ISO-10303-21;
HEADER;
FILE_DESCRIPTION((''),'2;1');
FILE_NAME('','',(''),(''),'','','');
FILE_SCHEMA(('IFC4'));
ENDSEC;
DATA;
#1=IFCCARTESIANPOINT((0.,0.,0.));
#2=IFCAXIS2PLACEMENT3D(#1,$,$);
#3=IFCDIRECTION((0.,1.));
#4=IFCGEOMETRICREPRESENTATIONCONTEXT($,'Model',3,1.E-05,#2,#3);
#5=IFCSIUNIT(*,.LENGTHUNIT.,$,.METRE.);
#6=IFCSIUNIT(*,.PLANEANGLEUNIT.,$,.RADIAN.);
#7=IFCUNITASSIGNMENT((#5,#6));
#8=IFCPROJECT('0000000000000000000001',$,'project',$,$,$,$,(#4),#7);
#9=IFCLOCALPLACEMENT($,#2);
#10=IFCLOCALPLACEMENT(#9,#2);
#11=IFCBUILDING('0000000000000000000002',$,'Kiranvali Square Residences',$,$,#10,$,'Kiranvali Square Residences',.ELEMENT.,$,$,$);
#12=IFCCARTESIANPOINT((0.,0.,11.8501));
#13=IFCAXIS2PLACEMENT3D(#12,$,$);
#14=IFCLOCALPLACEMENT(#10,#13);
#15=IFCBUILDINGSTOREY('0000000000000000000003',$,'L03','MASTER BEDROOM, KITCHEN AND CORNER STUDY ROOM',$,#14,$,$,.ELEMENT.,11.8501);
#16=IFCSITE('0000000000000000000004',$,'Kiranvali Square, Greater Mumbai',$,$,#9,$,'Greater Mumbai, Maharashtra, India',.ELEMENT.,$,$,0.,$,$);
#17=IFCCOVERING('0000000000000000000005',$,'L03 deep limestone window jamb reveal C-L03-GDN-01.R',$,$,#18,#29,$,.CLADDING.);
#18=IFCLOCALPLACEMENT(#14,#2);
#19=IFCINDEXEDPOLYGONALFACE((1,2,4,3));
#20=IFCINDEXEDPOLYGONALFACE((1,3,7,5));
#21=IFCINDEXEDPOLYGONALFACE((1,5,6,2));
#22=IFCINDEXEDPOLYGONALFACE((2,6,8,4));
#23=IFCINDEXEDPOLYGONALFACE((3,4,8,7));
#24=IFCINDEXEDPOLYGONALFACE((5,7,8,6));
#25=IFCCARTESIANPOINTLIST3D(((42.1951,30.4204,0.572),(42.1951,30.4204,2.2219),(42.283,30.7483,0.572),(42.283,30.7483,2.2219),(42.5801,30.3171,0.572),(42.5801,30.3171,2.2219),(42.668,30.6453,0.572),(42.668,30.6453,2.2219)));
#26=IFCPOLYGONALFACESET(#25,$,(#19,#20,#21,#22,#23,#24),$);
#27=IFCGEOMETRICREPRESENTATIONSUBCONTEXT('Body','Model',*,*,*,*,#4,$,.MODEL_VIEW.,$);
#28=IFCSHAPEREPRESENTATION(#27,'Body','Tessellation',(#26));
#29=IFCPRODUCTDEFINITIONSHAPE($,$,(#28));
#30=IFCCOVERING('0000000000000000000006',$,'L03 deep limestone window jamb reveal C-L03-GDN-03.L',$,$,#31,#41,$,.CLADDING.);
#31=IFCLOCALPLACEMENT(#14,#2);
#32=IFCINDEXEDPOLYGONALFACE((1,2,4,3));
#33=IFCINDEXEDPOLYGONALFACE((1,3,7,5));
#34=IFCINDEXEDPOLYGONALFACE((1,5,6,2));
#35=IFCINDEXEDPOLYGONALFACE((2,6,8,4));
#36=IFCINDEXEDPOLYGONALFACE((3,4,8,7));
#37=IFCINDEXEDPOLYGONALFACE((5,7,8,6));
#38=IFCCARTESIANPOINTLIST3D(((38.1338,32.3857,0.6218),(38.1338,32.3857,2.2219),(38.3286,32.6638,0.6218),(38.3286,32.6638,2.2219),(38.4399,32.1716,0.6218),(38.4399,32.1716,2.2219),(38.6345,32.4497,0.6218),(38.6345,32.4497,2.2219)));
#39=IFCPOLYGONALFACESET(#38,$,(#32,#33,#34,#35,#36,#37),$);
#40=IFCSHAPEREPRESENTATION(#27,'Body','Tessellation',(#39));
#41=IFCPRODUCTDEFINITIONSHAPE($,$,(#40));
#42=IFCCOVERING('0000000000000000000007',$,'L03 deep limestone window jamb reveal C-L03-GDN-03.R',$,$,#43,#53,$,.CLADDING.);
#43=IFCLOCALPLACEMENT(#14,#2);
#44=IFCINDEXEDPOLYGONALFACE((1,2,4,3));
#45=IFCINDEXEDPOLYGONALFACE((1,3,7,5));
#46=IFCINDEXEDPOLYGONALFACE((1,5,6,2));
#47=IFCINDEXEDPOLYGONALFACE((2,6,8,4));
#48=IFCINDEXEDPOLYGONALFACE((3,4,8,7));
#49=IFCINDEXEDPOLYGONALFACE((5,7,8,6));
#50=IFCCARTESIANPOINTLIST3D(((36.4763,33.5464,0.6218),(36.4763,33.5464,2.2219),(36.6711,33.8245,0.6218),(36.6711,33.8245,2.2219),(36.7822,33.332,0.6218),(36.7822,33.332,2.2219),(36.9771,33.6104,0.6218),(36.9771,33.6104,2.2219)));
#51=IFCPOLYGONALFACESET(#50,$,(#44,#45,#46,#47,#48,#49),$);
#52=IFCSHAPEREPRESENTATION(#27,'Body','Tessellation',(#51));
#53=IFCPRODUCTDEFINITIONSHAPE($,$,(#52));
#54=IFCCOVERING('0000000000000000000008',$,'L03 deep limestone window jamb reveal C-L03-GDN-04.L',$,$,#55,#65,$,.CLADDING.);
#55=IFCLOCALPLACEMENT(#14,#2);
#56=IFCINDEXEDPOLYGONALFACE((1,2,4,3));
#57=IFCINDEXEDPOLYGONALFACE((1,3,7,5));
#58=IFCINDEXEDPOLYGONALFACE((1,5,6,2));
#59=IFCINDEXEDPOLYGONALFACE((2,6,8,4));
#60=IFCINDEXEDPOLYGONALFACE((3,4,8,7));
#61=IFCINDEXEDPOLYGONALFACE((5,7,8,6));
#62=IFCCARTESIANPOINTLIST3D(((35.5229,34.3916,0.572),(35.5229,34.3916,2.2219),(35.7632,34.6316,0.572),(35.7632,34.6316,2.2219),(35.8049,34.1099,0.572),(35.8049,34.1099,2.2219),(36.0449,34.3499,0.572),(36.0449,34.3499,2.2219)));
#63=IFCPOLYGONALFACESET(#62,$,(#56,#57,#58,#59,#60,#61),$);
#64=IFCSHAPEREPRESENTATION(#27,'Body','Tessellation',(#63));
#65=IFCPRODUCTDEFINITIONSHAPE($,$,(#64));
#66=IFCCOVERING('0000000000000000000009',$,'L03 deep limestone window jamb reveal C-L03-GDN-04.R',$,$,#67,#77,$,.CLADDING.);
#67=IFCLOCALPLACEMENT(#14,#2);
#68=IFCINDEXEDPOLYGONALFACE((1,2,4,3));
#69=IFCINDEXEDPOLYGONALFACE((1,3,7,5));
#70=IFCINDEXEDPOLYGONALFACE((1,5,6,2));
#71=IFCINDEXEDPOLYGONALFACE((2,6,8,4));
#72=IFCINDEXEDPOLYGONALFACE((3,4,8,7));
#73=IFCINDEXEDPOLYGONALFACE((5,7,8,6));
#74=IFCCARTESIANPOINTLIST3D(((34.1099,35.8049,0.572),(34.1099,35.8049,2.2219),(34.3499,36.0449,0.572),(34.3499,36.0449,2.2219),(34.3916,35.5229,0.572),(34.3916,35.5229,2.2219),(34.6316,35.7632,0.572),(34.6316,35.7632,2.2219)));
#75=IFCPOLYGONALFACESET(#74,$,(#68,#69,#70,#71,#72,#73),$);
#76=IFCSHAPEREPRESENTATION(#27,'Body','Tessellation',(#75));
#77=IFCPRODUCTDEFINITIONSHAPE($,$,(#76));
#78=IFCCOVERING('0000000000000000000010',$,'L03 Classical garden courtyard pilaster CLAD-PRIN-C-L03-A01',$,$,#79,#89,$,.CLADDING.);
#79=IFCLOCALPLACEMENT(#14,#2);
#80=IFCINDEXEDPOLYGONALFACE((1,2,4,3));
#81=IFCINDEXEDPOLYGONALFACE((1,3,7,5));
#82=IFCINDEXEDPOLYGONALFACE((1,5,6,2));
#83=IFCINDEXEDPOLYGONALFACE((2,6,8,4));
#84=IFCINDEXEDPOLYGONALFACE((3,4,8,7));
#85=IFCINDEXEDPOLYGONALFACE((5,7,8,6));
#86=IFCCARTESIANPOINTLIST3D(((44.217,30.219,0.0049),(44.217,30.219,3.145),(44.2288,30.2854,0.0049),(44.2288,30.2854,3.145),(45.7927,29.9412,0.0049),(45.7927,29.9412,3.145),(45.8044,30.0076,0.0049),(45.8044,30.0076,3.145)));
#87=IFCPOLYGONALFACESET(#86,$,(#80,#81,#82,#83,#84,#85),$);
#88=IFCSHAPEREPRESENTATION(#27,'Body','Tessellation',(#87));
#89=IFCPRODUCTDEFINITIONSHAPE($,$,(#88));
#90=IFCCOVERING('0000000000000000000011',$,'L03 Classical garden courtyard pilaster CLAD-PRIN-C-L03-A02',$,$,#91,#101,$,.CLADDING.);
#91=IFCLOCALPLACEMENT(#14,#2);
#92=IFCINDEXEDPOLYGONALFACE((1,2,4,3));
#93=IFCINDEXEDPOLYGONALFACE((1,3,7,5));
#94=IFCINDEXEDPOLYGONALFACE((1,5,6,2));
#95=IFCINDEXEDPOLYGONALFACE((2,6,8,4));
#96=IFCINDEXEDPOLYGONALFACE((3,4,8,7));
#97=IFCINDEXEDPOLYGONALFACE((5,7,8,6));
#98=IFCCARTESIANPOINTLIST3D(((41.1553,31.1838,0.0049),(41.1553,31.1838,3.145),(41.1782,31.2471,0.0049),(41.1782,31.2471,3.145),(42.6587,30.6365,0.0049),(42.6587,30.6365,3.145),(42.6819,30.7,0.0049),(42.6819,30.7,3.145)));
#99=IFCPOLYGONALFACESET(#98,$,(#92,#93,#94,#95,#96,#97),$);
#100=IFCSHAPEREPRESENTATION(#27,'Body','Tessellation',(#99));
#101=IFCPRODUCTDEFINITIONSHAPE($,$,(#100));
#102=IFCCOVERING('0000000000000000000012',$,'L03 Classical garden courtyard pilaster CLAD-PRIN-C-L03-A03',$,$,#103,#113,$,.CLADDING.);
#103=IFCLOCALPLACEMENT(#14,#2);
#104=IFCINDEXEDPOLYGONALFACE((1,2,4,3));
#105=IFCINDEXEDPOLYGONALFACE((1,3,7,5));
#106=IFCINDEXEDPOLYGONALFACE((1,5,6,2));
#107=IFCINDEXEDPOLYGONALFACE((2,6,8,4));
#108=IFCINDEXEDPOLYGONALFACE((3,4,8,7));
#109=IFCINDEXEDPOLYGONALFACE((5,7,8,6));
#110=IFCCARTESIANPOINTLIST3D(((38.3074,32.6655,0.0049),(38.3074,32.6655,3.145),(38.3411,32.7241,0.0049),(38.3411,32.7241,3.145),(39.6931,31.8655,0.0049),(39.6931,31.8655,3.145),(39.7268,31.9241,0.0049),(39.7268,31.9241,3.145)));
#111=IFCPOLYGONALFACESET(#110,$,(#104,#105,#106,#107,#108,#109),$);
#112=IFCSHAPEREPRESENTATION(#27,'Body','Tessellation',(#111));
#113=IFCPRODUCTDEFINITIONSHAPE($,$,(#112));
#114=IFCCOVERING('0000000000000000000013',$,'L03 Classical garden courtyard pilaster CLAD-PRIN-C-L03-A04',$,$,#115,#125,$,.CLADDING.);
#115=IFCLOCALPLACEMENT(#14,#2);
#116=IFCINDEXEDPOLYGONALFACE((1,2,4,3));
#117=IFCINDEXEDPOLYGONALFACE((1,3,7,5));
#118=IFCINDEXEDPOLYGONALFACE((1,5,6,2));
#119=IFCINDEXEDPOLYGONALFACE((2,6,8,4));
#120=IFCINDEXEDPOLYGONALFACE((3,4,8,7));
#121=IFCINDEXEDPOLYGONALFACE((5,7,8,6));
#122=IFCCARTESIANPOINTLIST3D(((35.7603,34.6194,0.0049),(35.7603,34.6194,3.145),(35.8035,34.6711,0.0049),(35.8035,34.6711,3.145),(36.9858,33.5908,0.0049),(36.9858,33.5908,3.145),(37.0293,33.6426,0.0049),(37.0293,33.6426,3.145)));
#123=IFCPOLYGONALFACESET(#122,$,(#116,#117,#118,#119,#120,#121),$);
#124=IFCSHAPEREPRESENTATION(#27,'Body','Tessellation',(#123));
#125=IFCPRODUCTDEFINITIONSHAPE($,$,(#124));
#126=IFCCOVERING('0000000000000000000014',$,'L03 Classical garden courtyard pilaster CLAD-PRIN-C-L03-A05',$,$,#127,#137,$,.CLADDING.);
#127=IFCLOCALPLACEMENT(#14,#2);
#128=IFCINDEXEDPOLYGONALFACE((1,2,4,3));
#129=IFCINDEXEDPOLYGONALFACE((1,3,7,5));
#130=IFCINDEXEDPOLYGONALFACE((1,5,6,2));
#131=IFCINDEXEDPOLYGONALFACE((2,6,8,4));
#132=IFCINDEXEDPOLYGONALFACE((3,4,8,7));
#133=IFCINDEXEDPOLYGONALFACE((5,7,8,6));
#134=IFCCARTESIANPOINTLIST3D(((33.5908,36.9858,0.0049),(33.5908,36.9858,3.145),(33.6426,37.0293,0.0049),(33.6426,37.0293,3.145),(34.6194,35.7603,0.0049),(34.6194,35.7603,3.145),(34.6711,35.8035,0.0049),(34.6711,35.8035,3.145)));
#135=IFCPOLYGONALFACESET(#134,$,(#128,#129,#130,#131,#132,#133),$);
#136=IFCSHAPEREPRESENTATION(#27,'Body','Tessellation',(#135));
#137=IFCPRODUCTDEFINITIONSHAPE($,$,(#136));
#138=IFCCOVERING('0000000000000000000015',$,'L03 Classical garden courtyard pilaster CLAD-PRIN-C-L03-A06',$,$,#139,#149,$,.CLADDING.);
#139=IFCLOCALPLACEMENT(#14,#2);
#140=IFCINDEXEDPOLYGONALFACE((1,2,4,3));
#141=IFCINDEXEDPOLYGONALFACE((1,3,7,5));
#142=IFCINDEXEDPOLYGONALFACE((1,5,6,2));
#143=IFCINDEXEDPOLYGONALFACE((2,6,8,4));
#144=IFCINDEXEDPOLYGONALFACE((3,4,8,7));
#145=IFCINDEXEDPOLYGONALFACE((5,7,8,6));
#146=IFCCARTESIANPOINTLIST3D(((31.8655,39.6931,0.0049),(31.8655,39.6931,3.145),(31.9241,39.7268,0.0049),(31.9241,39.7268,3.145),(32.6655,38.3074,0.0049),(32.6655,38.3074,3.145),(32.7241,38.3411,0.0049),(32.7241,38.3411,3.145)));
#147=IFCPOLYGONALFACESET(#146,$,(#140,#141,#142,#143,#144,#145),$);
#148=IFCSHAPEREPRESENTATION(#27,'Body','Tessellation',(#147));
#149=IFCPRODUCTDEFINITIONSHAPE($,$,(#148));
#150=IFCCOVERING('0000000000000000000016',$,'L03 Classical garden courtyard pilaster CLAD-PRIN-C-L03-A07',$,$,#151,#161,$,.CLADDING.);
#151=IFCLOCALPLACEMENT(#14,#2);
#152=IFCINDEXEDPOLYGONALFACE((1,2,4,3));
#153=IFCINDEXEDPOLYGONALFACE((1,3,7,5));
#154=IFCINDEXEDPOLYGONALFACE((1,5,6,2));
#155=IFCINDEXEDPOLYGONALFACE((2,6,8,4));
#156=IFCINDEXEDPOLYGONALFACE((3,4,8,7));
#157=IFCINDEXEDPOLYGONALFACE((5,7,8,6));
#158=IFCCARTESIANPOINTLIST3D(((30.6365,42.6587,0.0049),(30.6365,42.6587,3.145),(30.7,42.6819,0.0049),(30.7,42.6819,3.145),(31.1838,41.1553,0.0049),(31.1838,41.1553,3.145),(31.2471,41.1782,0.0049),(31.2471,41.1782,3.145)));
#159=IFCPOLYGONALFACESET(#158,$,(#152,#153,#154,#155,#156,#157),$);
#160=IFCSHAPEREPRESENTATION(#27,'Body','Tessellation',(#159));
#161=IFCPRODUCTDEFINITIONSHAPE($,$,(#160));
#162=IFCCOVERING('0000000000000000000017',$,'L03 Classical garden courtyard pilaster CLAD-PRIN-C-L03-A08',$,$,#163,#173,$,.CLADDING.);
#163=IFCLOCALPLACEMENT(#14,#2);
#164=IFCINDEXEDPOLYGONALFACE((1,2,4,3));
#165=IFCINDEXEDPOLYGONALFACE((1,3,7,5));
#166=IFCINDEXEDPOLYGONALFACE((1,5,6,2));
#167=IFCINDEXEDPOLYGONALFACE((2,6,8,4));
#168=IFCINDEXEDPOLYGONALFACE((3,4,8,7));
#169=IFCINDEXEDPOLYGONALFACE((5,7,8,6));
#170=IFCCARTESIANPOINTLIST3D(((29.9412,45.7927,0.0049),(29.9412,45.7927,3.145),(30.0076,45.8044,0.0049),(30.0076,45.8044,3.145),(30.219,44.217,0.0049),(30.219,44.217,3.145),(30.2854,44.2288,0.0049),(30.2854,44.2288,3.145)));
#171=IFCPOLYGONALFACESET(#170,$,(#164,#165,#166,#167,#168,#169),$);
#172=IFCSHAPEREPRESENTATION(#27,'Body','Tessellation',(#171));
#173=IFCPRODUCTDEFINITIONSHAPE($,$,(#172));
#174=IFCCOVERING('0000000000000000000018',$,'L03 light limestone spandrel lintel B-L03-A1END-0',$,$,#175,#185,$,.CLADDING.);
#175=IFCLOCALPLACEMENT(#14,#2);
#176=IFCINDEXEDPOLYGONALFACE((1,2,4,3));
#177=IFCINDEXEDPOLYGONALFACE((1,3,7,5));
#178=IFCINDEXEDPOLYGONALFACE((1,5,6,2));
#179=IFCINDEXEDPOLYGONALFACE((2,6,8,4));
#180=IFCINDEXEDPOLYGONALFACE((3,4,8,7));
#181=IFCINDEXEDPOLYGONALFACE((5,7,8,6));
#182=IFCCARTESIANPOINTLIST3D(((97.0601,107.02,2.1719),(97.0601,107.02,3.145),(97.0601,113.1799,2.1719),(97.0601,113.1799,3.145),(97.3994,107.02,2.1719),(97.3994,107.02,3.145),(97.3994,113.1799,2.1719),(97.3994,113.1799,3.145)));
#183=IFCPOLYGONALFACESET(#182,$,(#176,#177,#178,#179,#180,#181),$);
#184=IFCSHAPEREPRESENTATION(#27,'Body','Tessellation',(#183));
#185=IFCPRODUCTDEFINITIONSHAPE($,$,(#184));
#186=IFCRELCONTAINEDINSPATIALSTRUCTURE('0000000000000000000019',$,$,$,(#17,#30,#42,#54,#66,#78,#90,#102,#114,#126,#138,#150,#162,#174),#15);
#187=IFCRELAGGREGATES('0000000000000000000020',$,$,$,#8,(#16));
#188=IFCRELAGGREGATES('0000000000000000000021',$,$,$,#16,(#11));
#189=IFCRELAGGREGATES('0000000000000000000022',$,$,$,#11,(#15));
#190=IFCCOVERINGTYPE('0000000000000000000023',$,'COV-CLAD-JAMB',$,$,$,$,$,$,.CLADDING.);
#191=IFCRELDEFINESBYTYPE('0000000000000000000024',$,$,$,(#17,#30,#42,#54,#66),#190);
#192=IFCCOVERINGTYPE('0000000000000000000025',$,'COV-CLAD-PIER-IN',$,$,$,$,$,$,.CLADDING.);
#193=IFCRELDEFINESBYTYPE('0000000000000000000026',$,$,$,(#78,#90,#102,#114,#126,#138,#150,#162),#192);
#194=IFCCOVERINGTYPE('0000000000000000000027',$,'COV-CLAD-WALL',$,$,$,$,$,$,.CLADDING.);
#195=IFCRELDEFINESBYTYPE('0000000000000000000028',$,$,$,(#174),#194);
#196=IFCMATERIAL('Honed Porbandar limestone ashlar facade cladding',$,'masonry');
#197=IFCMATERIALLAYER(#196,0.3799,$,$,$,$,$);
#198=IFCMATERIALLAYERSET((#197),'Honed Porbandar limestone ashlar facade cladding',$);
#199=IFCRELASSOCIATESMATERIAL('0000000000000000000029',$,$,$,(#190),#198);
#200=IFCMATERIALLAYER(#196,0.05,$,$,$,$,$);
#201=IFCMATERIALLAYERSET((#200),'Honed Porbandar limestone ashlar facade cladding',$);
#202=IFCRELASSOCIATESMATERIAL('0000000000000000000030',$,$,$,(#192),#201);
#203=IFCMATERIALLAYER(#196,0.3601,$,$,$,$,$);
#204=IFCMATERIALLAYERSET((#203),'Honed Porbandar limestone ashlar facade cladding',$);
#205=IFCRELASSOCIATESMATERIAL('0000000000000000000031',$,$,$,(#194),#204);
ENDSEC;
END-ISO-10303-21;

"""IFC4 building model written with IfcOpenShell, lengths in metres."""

from ifc_helpers import new_model, si_unit, direction, frame, origin, place, context, subcontext, project, spatial, polyline, outline, extrude, material, layer, layer_set, type_object, element, save


model = new_model("IFC4")

# Units and contexts
model_context = context("Model", 3, precision=1e-05, world=origin(), true_north=direction((0.0, 1.0)))
body_context = subcontext(model_context, "Body", "Model", "MODEL_VIEW")
ifc_project = project(units=[si_unit("LENGTHUNIT", "METRE"), si_unit("PLANEANGLEUNIT", "RADIAN")], contexts=[model_context])

# Site, building, storey
site_placement = place(None, origin())
site = spatial("IfcSite", under=ifc_project, at=site_placement, Name="Kiranvali Square, Greater Mumbai", LongName="Greater Mumbai, Maharashtra, India", CompositionType="ELEMENT", RefElevation=0.0)
building_placement = place(site_placement, origin())
building = spatial("IfcBuilding", under=site, at=building_placement, Name="Kiranvali Square Residences", LongName="Kiranvali Square Residences", CompositionType="ELEMENT")
storey_placement = place(building_placement, frame((0.0, 0.0, 11.8501)))
storey = spatial("IfcBuildingStorey", under=building, at=storey_placement, Name="L03", Description="MASTER BEDROOM, KITCHEN AND CORNER STUDY ROOM", CompositionType="ELEMENT", Elevation=11.8501)

# Coverings
ifc_material = material(Name="Honed Porbandar limestone ashlar facade cladding", Category="masonry")
ifc_layer_1 = layer(ifc_material, 0.3799)
ifc_layer_set_1 = layer_set([ifc_layer_1], Name="Honed Porbandar limestone ashlar facade cladding")
covering_type_1 = type_object("IfcCoveringType", Name="COV-CLAD-JAMB", PredefinedType="CLADDING", material=ifc_layer_set_1)
covering_1_placement = place(storey_placement, frame((0.0, 0.0, 0.572)))
element("IfcCovering", 1, at=covering_1_placement, inside=storey, type_object=covering_type_1, Name="L03 deep limestone window jamb reveal C-L03-GDN-01.R", PredefinedType="CLADDING", context=body_context, shape_type="SweptSolid", body=[
    extrude(outline(polyline([(42.668, 30.6453), (42.283, 30.7483), (42.1951, 30.4204), (42.5801, 30.3171), (42.668, 30.6453)])), origin(), (0.0, 0.0, 1.0), 1.6499),
])
covering_2_placement = place(storey_placement, frame((0.0, 0.0, 0.6218)))
element("IfcCovering", 2, at=covering_2_placement, inside=storey, type_object=covering_type_1, Name="L03 deep limestone window jamb reveal C-L03-GDN-03.L", PredefinedType="CLADDING", context=body_context, shape_type="SweptSolid", body=[
    extrude(outline(polyline([(38.6345, 32.4497), (38.3286, 32.6638), (38.1338, 32.3857), (38.4399, 32.1716), (38.6345, 32.4497)])), origin(), (0.0, 0.0, 1.0), 1.6001),
])
covering_3_placement = place(storey_placement, frame((0.0, 0.0, 0.6218)))
element("IfcCovering", 3, at=covering_3_placement, inside=storey, type_object=covering_type_1, Name="L03 deep limestone window jamb reveal C-L03-GDN-03.R", PredefinedType="CLADDING", context=body_context, shape_type="SweptSolid", body=[
    extrude(outline(polyline([(36.9771, 33.6104), (36.6711, 33.8245), (36.4763, 33.5464), (36.7822, 33.332), (36.9771, 33.6104)])), origin(), (0.0, 0.0, 1.0), 1.6001),
])
covering_4_placement = place(storey_placement, frame((0.0, 0.0, 0.572)))
element("IfcCovering", 4, at=covering_4_placement, inside=storey, type_object=covering_type_1, Name="L03 deep limestone window jamb reveal C-L03-GDN-04.L", PredefinedType="CLADDING", context=body_context, shape_type="SweptSolid", body=[
    extrude(outline(polyline([(36.0449, 34.3499), (35.7632, 34.6316), (35.5229, 34.3916), (35.8049, 34.1099), (36.0449, 34.3499)])), origin(), (0.0, 0.0, 1.0), 1.6499),
])
covering_5_placement = place(storey_placement, frame((0.0, 0.0, 0.572)))
element("IfcCovering", 5, at=covering_5_placement, inside=storey, type_object=covering_type_1, Name="L03 deep limestone window jamb reveal C-L03-GDN-04.R", PredefinedType="CLADDING", context=body_context, shape_type="SweptSolid", body=[
    extrude(outline(polyline([(34.6316, 35.7632), (34.3499, 36.0449), (34.1099, 35.8049), (34.3916, 35.5229), (34.6316, 35.7632)])), origin(), (0.0, 0.0, 1.0), 1.6499),
])
ifc_layer_2 = layer(ifc_material, 0.05)
ifc_layer_set_2 = layer_set([ifc_layer_2], Name="Honed Porbandar limestone ashlar facade cladding")
covering_type_2 = type_object("IfcCoveringType", Name="COV-CLAD-PIER-IN", PredefinedType="CLADDING", material=ifc_layer_set_2)
covering_6_placement = place(storey_placement, frame((0.0, 0.0, 0.0049)))
element("IfcCovering", 6, at=covering_6_placement, inside=storey, type_object=covering_type_2, Name="L03 Classical garden courtyard pilaster CLAD-PRIN-C-L03-A01", PredefinedType="CLADDING", context=body_context, shape_type="SweptSolid", body=[
    extrude(outline(polyline([(45.8044, 30.0076), (44.2288, 30.2854), (44.217, 30.219), (45.7927, 29.9412), (45.8044, 30.0076)])), origin(), (0.0, 0.0, 1.0), 3.1401),
])
covering_7_placement = place(storey_placement, frame((0.0, 0.0, 0.0049)))
element("IfcCovering", 7, at=covering_7_placement, inside=storey, type_object=covering_type_2, Name="L03 Classical garden courtyard pilaster CLAD-PRIN-C-L03-A02", PredefinedType="CLADDING", context=body_context, shape_type="SweptSolid", body=[
    extrude(outline(polyline([(42.6819, 30.7), (41.1782, 31.2471), (41.1553, 31.1838), (42.6587, 30.6365), (42.6819, 30.7)])), origin(), (0.0, 0.0, 1.0), 3.1401),
])
covering_8_placement = place(storey_placement, frame((0.0, 0.0, 0.0049)))
element("IfcCovering", 8, at=covering_8_placement, inside=storey, type_object=covering_type_2, Name="L03 Classical garden courtyard pilaster CLAD-PRIN-C-L03-A03", PredefinedType="CLADDING", context=body_context, shape_type="SweptSolid", body=[
    extrude(outline(polyline([(39.7268, 31.9241), (38.3411, 32.7241), (38.3074, 32.6655), (39.6931, 31.8655), (39.7268, 31.9241)])), origin(), (0.0, 0.0, 1.0), 3.1401),
])
covering_9_placement = place(storey_placement, frame((0.0, 0.0, 0.0049)))
element("IfcCovering", 9, at=covering_9_placement, inside=storey, type_object=covering_type_2, Name="L03 Classical garden courtyard pilaster CLAD-PRIN-C-L03-A04", PredefinedType="CLADDING", context=body_context, shape_type="SweptSolid", body=[
    extrude(outline(polyline([(37.0293, 33.6426), (35.8035, 34.6711), (35.7603, 34.6194), (36.9858, 33.5908), (37.0293, 33.6426)])), origin(), (0.0, 0.0, 1.0), 3.1401),
])
covering_10_placement = place(storey_placement, frame((0.0, 0.0, 0.0049)))
element("IfcCovering", 10, at=covering_10_placement, inside=storey, type_object=covering_type_2, Name="L03 Classical garden courtyard pilaster CLAD-PRIN-C-L03-A05", PredefinedType="CLADDING", context=body_context, shape_type="SweptSolid", body=[
    extrude(outline(polyline([(34.6711, 35.8035), (33.6426, 37.0293), (33.5908, 36.9858), (34.6194, 35.7603), (34.6711, 35.8035)])), origin(), (0.0, 0.0, 1.0), 3.1401),
])
covering_11_placement = place(storey_placement, frame((0.0, 0.0, 0.0049)))
element("IfcCovering", 11, at=covering_11_placement, inside=storey, type_object=covering_type_2, Name="L03 Classical garden courtyard pilaster CLAD-PRIN-C-L03-A06", PredefinedType="CLADDING", context=body_context, shape_type="SweptSolid", body=[
    extrude(outline(polyline([(32.7241, 38.3411), (31.9241, 39.7268), (31.8655, 39.6931), (32.6655, 38.3074), (32.7241, 38.3411)])), origin(), (0.0, 0.0, 1.0), 3.1401),
])
covering_12_placement = place(storey_placement, frame((0.0, 0.0, 0.0049)))
element("IfcCovering", 12, at=covering_12_placement, inside=storey, type_object=covering_type_2, Name="L03 Classical garden courtyard pilaster CLAD-PRIN-C-L03-A07", PredefinedType="CLADDING", context=body_context, shape_type="SweptSolid", body=[
    extrude(outline(polyline([(31.2471, 41.1782), (30.7, 42.6819), (30.6365, 42.6587), (31.1838, 41.1553), (31.2471, 41.1782)])), origin(), (0.0, 0.0, 1.0), 3.1401),
])
covering_13_placement = place(storey_placement, frame((0.0, 0.0, 0.0049)))
element("IfcCovering", 13, at=covering_13_placement, inside=storey, type_object=covering_type_2, Name="L03 Classical garden courtyard pilaster CLAD-PRIN-C-L03-A08", PredefinedType="CLADDING", context=body_context, shape_type="SweptSolid", body=[
    extrude(outline(polyline([(30.2854, 44.2288), (30.0076, 45.8044), (29.9412, 45.7927), (30.219, 44.217), (30.2854, 44.2288)])), origin(), (0.0, 0.0, 1.0), 3.1401),
])
ifc_layer_3 = layer(ifc_material, 0.3601)
ifc_layer_set_3 = layer_set([ifc_layer_3], Name="Honed Porbandar limestone ashlar facade cladding")
covering_type_3 = type_object("IfcCoveringType", Name="COV-CLAD-WALL", PredefinedType="CLADDING", material=ifc_layer_set_3)
covering_14_placement = place(storey_placement, frame((0.0, 0.0, 2.1719)))
element("IfcCovering", 14, at=covering_14_placement, inside=storey, type_object=covering_type_3, Name="L03 light limestone spandrel lintel B-L03-A1END-0", PredefinedType="CLADDING", context=body_context, shape_type="SweptSolid", body=[
    extrude(outline(polyline([(97.3994, 107.02), (97.3994, 113.1799), (97.0601, 113.1799), (97.0601, 107.02), (97.3994, 107.02)])), origin(), (0.0, 0.0, 1.0), 0.9731),
])

save(model, "model.ifc")
